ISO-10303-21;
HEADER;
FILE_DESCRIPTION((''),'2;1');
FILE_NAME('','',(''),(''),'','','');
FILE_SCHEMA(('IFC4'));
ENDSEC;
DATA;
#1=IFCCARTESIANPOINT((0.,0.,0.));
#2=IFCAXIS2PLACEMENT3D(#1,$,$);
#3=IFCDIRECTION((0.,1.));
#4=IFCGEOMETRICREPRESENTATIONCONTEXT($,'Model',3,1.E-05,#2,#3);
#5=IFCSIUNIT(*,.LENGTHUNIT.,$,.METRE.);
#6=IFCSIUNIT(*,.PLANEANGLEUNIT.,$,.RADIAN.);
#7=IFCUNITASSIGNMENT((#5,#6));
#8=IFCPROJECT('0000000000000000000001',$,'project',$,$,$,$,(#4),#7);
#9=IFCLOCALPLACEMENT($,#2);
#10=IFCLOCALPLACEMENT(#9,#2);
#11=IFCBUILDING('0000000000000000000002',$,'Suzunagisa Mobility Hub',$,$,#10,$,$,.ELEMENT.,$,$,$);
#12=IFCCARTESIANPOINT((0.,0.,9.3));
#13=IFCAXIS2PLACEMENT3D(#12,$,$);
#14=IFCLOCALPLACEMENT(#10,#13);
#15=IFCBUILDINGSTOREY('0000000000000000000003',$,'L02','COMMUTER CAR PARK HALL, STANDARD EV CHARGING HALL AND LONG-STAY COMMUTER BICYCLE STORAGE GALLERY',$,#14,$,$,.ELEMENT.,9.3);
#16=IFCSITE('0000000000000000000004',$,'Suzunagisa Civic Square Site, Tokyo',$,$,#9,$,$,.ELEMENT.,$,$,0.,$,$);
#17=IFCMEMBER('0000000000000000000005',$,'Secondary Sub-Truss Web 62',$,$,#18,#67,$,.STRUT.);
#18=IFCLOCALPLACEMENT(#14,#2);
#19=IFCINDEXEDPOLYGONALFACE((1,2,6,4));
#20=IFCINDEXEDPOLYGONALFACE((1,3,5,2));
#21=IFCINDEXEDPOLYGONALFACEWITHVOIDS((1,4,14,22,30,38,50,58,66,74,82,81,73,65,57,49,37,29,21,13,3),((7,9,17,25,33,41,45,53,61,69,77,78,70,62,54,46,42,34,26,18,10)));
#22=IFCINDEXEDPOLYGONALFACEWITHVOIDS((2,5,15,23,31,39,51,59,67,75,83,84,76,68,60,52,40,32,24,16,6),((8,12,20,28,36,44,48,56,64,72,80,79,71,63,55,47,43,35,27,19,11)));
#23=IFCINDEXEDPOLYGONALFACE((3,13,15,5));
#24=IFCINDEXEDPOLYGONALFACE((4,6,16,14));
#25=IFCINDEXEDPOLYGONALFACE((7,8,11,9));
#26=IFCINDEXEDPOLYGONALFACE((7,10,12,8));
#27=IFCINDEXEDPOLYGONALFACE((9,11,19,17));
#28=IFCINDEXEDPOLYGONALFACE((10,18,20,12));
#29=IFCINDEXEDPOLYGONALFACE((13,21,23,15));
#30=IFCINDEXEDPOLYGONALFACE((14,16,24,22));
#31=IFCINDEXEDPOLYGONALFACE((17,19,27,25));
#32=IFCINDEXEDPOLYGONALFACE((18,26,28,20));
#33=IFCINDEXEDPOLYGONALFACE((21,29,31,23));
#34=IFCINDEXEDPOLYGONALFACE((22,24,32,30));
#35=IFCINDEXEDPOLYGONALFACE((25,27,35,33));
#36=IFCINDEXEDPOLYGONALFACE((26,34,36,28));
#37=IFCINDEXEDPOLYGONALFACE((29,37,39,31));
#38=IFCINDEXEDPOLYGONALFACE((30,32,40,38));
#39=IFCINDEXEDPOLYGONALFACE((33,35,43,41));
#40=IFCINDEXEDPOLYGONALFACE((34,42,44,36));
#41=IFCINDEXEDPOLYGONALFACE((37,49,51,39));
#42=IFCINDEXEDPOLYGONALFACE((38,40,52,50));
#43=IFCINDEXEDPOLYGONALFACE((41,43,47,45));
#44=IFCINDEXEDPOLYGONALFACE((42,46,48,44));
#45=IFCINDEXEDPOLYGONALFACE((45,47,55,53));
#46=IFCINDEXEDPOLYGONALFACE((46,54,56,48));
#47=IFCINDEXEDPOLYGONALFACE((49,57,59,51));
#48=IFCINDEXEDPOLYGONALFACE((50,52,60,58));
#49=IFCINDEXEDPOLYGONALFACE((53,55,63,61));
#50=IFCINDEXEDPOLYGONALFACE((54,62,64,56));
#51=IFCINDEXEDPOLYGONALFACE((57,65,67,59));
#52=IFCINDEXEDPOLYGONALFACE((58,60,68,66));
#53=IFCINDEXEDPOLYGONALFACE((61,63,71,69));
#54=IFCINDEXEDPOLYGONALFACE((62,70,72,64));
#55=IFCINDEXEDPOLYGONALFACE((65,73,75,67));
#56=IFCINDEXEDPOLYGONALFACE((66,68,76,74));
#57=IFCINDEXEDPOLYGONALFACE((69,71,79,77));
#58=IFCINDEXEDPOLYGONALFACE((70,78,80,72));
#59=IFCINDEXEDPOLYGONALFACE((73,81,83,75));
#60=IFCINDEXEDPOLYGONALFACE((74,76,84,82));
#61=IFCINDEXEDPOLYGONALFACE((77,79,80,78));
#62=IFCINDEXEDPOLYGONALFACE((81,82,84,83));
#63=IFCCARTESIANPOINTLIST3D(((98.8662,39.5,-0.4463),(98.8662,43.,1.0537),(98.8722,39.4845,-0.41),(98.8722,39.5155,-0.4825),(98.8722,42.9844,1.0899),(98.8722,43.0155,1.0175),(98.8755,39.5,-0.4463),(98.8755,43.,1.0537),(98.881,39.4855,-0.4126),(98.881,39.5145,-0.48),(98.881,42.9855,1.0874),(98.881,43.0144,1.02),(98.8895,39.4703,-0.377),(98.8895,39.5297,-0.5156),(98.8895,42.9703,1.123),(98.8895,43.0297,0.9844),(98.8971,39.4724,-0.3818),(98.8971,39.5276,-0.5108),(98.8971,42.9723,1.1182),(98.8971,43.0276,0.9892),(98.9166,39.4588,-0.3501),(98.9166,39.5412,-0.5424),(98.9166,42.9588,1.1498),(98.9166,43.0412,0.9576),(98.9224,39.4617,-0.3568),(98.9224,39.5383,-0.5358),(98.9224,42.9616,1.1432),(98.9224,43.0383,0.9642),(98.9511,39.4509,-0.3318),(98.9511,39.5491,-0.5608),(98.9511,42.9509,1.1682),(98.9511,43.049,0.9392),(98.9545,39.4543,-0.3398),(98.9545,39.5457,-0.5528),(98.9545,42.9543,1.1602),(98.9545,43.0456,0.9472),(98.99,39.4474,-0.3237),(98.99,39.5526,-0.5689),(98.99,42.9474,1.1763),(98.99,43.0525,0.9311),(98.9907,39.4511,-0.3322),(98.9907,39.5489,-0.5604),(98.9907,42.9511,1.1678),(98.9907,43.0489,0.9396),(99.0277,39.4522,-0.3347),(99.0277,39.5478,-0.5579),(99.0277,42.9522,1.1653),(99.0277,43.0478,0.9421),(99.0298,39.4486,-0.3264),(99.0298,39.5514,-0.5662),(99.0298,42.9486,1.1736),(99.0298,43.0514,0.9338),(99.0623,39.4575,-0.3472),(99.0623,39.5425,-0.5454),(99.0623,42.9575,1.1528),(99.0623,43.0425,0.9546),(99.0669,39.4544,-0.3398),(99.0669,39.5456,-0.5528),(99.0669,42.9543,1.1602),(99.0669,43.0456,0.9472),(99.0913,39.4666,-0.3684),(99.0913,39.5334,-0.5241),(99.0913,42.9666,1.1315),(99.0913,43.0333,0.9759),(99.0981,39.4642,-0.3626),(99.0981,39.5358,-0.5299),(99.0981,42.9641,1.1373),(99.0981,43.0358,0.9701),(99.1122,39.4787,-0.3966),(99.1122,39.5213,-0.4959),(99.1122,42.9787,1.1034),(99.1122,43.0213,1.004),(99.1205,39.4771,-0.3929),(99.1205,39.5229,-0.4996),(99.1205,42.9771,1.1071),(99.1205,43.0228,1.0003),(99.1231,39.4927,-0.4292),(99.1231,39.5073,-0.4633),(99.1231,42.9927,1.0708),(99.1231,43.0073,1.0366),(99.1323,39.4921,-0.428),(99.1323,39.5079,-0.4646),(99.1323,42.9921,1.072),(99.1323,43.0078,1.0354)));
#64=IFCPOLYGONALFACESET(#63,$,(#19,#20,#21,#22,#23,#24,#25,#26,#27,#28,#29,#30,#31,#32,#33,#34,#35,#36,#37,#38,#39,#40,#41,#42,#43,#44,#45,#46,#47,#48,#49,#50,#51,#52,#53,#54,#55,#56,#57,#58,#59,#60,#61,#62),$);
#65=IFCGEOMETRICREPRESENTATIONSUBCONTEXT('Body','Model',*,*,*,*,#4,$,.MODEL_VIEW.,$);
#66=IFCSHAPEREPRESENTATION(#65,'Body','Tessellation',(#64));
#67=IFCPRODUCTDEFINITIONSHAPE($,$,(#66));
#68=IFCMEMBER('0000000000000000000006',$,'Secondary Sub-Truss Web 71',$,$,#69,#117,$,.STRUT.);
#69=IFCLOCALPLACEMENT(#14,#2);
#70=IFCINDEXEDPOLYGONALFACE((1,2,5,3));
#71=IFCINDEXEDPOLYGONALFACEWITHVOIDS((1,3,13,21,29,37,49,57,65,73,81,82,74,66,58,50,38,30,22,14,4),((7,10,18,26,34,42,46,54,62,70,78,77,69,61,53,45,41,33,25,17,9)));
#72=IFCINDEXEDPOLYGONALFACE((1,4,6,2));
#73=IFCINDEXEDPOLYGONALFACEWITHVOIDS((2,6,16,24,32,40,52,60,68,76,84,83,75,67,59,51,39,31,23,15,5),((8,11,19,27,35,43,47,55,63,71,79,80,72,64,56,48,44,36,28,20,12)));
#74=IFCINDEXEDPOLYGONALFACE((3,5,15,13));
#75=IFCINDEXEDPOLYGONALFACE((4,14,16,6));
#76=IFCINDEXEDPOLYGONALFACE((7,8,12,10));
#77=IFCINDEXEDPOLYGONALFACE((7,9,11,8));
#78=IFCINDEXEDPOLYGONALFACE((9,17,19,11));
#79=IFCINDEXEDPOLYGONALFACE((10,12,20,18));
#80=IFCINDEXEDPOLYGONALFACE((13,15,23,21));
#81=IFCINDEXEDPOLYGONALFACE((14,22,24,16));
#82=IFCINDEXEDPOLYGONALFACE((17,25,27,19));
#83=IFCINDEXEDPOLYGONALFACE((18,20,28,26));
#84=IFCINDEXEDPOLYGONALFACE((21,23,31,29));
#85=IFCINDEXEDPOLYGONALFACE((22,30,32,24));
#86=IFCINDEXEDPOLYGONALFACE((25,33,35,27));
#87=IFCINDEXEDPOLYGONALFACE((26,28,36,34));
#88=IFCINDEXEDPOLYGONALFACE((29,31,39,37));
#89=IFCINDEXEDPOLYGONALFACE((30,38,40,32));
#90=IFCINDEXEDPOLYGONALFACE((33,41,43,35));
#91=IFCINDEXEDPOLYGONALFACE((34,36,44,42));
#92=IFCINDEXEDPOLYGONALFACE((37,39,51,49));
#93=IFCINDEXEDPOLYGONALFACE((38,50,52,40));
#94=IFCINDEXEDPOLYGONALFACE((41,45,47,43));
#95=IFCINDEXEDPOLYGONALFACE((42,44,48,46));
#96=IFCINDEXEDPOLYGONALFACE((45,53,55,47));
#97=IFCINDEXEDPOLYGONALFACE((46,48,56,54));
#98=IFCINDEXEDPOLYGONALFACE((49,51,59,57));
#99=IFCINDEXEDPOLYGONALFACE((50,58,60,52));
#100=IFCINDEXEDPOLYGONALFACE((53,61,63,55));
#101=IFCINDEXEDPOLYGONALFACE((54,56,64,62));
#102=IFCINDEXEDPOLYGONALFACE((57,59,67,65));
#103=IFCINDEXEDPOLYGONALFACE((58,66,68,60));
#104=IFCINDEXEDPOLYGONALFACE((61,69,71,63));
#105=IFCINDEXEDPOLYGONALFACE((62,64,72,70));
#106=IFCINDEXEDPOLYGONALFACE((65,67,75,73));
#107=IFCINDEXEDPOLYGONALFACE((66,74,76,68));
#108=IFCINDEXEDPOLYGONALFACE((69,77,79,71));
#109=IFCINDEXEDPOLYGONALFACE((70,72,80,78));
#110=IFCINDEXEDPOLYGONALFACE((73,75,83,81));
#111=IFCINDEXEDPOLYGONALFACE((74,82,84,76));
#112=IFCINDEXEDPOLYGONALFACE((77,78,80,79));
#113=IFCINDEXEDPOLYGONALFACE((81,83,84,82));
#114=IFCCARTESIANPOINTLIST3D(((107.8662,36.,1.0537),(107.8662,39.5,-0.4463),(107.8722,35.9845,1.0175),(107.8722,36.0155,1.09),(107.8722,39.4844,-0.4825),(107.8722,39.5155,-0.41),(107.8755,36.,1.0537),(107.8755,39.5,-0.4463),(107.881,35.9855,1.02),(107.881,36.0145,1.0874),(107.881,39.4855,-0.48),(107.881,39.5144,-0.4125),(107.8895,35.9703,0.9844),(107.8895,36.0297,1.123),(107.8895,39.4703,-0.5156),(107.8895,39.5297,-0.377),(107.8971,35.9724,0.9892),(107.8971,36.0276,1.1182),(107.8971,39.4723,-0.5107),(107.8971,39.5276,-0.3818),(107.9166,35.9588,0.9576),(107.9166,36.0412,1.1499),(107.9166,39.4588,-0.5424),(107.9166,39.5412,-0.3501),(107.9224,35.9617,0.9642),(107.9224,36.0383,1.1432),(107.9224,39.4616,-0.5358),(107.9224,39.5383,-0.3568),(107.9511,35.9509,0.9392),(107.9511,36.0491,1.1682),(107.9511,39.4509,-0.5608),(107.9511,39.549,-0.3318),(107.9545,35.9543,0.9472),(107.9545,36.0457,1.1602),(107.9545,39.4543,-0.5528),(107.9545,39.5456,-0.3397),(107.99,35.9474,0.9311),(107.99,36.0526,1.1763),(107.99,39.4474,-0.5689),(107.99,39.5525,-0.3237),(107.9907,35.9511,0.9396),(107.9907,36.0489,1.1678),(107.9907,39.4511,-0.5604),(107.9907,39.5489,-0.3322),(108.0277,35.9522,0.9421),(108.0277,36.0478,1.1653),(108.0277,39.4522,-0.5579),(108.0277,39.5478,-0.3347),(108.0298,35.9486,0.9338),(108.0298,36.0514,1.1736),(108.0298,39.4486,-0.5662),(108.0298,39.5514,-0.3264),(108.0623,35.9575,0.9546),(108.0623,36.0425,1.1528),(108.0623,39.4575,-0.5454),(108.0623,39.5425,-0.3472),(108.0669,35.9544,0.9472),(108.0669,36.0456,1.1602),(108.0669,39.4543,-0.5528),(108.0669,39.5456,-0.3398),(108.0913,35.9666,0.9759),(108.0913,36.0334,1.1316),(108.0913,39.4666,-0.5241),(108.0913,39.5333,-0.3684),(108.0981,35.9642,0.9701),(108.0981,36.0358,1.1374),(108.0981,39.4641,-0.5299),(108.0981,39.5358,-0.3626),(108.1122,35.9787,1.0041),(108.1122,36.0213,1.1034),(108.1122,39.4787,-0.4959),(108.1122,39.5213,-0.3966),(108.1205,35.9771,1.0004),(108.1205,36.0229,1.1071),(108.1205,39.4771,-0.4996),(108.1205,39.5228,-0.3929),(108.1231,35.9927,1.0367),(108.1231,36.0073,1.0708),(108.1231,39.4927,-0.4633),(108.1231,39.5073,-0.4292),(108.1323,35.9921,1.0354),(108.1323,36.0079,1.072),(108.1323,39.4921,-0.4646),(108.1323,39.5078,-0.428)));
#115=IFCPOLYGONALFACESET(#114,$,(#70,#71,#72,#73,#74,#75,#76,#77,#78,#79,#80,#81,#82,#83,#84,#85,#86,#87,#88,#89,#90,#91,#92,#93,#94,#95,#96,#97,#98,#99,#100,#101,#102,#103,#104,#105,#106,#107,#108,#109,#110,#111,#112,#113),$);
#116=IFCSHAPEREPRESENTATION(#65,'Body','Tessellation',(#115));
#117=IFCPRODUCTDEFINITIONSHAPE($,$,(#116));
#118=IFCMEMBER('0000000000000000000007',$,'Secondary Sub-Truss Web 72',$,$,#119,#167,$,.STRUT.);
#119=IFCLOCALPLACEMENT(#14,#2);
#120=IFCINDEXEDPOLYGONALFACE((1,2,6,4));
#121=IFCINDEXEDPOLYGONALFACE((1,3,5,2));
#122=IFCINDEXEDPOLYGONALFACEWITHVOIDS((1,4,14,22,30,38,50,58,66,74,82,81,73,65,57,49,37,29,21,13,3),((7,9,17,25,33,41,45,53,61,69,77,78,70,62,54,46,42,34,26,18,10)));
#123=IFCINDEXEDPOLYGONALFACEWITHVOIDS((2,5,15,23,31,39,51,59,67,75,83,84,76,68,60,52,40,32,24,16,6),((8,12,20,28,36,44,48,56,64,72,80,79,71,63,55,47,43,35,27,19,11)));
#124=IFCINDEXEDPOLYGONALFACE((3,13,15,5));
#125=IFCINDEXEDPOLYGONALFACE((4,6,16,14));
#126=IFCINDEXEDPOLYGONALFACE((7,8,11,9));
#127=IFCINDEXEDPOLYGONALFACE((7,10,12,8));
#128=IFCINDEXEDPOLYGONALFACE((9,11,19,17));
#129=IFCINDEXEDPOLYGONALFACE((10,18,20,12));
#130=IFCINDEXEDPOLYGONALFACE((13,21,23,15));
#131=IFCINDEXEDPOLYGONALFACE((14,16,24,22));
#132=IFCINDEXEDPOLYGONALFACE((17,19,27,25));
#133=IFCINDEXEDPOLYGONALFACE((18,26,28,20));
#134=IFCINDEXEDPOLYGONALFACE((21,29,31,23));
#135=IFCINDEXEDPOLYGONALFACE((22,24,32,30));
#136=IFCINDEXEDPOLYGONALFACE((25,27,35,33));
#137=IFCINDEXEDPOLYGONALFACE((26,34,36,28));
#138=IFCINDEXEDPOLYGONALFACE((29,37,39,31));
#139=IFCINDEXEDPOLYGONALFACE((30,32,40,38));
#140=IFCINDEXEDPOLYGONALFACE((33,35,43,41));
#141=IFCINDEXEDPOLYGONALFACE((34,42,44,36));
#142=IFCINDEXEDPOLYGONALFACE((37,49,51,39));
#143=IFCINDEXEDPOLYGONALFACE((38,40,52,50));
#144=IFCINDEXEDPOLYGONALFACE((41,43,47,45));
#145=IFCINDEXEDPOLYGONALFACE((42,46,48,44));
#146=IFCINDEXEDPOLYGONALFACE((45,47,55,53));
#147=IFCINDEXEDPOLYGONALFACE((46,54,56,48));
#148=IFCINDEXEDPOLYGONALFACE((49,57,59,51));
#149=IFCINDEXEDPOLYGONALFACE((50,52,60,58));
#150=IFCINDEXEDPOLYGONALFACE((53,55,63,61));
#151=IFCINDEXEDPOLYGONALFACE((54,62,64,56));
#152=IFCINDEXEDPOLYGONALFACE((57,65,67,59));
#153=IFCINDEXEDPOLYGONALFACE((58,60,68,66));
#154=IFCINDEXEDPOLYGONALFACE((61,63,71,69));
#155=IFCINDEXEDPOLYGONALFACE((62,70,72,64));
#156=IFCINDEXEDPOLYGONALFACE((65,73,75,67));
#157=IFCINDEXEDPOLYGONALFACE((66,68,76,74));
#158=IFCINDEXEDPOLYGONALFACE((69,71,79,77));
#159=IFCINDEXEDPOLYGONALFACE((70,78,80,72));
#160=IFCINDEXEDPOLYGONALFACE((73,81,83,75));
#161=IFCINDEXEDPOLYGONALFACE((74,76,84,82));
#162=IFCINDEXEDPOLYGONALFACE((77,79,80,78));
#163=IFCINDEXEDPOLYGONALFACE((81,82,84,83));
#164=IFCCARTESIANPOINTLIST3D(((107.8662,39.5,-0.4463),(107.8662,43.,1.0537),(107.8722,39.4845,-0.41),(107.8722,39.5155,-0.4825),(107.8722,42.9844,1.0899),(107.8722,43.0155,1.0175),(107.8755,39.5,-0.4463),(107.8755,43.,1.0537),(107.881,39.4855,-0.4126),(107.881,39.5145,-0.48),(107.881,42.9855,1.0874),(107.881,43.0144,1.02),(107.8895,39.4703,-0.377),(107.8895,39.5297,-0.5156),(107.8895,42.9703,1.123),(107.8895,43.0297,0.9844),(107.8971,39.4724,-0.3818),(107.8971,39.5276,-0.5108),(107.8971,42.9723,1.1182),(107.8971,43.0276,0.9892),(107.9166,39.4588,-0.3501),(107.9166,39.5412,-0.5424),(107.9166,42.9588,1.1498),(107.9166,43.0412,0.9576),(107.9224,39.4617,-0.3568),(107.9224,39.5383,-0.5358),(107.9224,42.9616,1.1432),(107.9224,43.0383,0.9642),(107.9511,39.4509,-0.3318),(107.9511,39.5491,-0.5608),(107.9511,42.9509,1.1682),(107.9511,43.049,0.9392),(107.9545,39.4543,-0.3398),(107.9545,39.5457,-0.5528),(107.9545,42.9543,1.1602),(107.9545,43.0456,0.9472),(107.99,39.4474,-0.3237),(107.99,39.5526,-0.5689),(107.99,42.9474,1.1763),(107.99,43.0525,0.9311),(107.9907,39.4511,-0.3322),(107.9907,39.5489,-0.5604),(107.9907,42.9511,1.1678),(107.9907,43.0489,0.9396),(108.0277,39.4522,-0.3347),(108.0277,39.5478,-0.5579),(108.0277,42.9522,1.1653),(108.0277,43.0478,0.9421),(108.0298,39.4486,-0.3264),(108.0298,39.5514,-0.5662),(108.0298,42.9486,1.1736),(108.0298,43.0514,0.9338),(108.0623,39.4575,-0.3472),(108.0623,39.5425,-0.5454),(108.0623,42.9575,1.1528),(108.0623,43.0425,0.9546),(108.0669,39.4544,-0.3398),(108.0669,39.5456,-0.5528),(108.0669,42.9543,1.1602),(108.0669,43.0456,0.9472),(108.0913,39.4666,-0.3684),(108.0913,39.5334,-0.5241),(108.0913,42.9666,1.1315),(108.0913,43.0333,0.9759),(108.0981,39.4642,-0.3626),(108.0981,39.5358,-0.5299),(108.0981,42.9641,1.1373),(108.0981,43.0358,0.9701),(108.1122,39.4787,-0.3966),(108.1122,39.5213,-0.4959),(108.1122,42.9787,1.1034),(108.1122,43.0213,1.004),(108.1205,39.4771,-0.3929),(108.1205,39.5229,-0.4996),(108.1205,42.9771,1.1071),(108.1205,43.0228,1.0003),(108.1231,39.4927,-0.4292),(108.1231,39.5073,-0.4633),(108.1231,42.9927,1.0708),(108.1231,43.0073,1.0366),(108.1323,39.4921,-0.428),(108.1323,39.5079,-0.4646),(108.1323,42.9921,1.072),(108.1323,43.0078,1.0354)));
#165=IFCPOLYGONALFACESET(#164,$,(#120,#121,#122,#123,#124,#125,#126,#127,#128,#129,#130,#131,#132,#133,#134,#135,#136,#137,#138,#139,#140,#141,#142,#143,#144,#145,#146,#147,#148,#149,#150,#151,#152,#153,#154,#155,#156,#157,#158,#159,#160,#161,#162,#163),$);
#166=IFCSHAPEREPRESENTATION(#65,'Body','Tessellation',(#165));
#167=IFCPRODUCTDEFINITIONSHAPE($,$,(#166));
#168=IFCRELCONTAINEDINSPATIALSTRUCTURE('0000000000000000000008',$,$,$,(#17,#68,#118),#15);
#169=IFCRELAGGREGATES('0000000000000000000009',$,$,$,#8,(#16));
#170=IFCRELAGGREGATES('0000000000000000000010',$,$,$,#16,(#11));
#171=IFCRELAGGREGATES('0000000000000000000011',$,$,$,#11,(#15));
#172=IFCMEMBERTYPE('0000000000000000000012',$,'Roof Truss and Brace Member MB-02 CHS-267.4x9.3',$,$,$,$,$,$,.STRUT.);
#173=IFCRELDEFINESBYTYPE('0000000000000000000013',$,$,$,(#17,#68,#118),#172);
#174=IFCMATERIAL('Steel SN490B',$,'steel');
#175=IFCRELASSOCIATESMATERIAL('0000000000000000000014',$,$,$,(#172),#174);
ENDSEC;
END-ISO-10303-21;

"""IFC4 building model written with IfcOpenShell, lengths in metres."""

from ifc_helpers import new_model, si_unit, direction, frame, origin, origin_2d, place, context, subcontext, project, spatial, hollow_circle, extrude, material, material_profile, profile_set, type_object, element, save


model = new_model("IFC4")

# Units and contexts
model_context = context("Model", 3, precision=1e-05, world=origin(), true_north=direction((0.0, 1.0)))
body_context = subcontext(model_context, "Body", "Model", "MODEL_VIEW")
ifc_project = project(units=[si_unit("LENGTHUNIT", "METRE"), si_unit("PLANEANGLEUNIT", "RADIAN")], contexts=[model_context])

# Site, building, storey
site_placement = place(None, origin())
site = spatial("IfcSite", under=ifc_project, at=site_placement, Name="Suzunagisa Civic Square Site, Tokyo", CompositionType="ELEMENT", RefElevation=0.0)
building_placement = place(site_placement, origin())
building = spatial("IfcBuilding", under=site, at=building_placement, Name="Suzunagisa Mobility Hub", CompositionType="ELEMENT")
storey_placement = place(building_placement, frame((0.0, 0.0, 9.3)))
storey = spatial("IfcBuildingStorey", under=building, at=storey_placement, Name="L02", Description="COMMUTER CAR PARK HALL, STANDARD EV CHARGING HALL AND LONG-STAY COMMUTER BICYCLE STORAGE GALLERY", CompositionType="ELEMENT", Elevation=9.3)

# Shared definitions
ifc_material_1 = material(Name="Steel SN490B", Category="steel")

# Members
ifc_material_profile_1 = material_profile(ifc_material_1, hollow_circle(Radius=0.1338, WallThickness=0.0093, at=origin_2d()), Name="CHS-267.4x9.3")
ifc_profile_set_1 = profile_set([ifc_material_profile_1], Name="Steel SN490B")
member_type_1 = type_object("IfcMemberType", Name="Roof Truss and Brace Member MB-02 CHS-267.4x9.3", PredefinedType="STRUT", material=ifc_profile_set_1)
for number, where, z_axis, x_axis, name in (
    (1, (99.0, 39.5, -0.4463), (0.0, 0.919145, 0.393919), (-1.0, 0.0, 0.0), "Secondary Sub-Truss Web 62"),
    (2, (108.0, 36.0, 1.0537), (0.0, 0.919145, -0.393919), (-1.0, 0.0, 0.0), "Secondary Sub-Truss Web 71"),
    (3, (108.0, 39.5, -0.4463), (0.0, 0.919145, 0.393919), (-1.0, 0.0, 0.0), "Secondary Sub-Truss Web 72"),
):
    element("IfcMember", number, at=place(storey_placement, frame(where, z_axis=z_axis, x_axis=x_axis)), inside=storey, type_object=member_type_1, Name=name, PredefinedType="STRUT", context=body_context, shape_type="SweptSolid", body=[
        extrude(hollow_circle(Radius=0.1338, WallThickness=0.0093, at=origin_2d()), origin(), (0.0, 0.0, 1.0), 3.8079),
    ])

save(model, "model.ifc")
